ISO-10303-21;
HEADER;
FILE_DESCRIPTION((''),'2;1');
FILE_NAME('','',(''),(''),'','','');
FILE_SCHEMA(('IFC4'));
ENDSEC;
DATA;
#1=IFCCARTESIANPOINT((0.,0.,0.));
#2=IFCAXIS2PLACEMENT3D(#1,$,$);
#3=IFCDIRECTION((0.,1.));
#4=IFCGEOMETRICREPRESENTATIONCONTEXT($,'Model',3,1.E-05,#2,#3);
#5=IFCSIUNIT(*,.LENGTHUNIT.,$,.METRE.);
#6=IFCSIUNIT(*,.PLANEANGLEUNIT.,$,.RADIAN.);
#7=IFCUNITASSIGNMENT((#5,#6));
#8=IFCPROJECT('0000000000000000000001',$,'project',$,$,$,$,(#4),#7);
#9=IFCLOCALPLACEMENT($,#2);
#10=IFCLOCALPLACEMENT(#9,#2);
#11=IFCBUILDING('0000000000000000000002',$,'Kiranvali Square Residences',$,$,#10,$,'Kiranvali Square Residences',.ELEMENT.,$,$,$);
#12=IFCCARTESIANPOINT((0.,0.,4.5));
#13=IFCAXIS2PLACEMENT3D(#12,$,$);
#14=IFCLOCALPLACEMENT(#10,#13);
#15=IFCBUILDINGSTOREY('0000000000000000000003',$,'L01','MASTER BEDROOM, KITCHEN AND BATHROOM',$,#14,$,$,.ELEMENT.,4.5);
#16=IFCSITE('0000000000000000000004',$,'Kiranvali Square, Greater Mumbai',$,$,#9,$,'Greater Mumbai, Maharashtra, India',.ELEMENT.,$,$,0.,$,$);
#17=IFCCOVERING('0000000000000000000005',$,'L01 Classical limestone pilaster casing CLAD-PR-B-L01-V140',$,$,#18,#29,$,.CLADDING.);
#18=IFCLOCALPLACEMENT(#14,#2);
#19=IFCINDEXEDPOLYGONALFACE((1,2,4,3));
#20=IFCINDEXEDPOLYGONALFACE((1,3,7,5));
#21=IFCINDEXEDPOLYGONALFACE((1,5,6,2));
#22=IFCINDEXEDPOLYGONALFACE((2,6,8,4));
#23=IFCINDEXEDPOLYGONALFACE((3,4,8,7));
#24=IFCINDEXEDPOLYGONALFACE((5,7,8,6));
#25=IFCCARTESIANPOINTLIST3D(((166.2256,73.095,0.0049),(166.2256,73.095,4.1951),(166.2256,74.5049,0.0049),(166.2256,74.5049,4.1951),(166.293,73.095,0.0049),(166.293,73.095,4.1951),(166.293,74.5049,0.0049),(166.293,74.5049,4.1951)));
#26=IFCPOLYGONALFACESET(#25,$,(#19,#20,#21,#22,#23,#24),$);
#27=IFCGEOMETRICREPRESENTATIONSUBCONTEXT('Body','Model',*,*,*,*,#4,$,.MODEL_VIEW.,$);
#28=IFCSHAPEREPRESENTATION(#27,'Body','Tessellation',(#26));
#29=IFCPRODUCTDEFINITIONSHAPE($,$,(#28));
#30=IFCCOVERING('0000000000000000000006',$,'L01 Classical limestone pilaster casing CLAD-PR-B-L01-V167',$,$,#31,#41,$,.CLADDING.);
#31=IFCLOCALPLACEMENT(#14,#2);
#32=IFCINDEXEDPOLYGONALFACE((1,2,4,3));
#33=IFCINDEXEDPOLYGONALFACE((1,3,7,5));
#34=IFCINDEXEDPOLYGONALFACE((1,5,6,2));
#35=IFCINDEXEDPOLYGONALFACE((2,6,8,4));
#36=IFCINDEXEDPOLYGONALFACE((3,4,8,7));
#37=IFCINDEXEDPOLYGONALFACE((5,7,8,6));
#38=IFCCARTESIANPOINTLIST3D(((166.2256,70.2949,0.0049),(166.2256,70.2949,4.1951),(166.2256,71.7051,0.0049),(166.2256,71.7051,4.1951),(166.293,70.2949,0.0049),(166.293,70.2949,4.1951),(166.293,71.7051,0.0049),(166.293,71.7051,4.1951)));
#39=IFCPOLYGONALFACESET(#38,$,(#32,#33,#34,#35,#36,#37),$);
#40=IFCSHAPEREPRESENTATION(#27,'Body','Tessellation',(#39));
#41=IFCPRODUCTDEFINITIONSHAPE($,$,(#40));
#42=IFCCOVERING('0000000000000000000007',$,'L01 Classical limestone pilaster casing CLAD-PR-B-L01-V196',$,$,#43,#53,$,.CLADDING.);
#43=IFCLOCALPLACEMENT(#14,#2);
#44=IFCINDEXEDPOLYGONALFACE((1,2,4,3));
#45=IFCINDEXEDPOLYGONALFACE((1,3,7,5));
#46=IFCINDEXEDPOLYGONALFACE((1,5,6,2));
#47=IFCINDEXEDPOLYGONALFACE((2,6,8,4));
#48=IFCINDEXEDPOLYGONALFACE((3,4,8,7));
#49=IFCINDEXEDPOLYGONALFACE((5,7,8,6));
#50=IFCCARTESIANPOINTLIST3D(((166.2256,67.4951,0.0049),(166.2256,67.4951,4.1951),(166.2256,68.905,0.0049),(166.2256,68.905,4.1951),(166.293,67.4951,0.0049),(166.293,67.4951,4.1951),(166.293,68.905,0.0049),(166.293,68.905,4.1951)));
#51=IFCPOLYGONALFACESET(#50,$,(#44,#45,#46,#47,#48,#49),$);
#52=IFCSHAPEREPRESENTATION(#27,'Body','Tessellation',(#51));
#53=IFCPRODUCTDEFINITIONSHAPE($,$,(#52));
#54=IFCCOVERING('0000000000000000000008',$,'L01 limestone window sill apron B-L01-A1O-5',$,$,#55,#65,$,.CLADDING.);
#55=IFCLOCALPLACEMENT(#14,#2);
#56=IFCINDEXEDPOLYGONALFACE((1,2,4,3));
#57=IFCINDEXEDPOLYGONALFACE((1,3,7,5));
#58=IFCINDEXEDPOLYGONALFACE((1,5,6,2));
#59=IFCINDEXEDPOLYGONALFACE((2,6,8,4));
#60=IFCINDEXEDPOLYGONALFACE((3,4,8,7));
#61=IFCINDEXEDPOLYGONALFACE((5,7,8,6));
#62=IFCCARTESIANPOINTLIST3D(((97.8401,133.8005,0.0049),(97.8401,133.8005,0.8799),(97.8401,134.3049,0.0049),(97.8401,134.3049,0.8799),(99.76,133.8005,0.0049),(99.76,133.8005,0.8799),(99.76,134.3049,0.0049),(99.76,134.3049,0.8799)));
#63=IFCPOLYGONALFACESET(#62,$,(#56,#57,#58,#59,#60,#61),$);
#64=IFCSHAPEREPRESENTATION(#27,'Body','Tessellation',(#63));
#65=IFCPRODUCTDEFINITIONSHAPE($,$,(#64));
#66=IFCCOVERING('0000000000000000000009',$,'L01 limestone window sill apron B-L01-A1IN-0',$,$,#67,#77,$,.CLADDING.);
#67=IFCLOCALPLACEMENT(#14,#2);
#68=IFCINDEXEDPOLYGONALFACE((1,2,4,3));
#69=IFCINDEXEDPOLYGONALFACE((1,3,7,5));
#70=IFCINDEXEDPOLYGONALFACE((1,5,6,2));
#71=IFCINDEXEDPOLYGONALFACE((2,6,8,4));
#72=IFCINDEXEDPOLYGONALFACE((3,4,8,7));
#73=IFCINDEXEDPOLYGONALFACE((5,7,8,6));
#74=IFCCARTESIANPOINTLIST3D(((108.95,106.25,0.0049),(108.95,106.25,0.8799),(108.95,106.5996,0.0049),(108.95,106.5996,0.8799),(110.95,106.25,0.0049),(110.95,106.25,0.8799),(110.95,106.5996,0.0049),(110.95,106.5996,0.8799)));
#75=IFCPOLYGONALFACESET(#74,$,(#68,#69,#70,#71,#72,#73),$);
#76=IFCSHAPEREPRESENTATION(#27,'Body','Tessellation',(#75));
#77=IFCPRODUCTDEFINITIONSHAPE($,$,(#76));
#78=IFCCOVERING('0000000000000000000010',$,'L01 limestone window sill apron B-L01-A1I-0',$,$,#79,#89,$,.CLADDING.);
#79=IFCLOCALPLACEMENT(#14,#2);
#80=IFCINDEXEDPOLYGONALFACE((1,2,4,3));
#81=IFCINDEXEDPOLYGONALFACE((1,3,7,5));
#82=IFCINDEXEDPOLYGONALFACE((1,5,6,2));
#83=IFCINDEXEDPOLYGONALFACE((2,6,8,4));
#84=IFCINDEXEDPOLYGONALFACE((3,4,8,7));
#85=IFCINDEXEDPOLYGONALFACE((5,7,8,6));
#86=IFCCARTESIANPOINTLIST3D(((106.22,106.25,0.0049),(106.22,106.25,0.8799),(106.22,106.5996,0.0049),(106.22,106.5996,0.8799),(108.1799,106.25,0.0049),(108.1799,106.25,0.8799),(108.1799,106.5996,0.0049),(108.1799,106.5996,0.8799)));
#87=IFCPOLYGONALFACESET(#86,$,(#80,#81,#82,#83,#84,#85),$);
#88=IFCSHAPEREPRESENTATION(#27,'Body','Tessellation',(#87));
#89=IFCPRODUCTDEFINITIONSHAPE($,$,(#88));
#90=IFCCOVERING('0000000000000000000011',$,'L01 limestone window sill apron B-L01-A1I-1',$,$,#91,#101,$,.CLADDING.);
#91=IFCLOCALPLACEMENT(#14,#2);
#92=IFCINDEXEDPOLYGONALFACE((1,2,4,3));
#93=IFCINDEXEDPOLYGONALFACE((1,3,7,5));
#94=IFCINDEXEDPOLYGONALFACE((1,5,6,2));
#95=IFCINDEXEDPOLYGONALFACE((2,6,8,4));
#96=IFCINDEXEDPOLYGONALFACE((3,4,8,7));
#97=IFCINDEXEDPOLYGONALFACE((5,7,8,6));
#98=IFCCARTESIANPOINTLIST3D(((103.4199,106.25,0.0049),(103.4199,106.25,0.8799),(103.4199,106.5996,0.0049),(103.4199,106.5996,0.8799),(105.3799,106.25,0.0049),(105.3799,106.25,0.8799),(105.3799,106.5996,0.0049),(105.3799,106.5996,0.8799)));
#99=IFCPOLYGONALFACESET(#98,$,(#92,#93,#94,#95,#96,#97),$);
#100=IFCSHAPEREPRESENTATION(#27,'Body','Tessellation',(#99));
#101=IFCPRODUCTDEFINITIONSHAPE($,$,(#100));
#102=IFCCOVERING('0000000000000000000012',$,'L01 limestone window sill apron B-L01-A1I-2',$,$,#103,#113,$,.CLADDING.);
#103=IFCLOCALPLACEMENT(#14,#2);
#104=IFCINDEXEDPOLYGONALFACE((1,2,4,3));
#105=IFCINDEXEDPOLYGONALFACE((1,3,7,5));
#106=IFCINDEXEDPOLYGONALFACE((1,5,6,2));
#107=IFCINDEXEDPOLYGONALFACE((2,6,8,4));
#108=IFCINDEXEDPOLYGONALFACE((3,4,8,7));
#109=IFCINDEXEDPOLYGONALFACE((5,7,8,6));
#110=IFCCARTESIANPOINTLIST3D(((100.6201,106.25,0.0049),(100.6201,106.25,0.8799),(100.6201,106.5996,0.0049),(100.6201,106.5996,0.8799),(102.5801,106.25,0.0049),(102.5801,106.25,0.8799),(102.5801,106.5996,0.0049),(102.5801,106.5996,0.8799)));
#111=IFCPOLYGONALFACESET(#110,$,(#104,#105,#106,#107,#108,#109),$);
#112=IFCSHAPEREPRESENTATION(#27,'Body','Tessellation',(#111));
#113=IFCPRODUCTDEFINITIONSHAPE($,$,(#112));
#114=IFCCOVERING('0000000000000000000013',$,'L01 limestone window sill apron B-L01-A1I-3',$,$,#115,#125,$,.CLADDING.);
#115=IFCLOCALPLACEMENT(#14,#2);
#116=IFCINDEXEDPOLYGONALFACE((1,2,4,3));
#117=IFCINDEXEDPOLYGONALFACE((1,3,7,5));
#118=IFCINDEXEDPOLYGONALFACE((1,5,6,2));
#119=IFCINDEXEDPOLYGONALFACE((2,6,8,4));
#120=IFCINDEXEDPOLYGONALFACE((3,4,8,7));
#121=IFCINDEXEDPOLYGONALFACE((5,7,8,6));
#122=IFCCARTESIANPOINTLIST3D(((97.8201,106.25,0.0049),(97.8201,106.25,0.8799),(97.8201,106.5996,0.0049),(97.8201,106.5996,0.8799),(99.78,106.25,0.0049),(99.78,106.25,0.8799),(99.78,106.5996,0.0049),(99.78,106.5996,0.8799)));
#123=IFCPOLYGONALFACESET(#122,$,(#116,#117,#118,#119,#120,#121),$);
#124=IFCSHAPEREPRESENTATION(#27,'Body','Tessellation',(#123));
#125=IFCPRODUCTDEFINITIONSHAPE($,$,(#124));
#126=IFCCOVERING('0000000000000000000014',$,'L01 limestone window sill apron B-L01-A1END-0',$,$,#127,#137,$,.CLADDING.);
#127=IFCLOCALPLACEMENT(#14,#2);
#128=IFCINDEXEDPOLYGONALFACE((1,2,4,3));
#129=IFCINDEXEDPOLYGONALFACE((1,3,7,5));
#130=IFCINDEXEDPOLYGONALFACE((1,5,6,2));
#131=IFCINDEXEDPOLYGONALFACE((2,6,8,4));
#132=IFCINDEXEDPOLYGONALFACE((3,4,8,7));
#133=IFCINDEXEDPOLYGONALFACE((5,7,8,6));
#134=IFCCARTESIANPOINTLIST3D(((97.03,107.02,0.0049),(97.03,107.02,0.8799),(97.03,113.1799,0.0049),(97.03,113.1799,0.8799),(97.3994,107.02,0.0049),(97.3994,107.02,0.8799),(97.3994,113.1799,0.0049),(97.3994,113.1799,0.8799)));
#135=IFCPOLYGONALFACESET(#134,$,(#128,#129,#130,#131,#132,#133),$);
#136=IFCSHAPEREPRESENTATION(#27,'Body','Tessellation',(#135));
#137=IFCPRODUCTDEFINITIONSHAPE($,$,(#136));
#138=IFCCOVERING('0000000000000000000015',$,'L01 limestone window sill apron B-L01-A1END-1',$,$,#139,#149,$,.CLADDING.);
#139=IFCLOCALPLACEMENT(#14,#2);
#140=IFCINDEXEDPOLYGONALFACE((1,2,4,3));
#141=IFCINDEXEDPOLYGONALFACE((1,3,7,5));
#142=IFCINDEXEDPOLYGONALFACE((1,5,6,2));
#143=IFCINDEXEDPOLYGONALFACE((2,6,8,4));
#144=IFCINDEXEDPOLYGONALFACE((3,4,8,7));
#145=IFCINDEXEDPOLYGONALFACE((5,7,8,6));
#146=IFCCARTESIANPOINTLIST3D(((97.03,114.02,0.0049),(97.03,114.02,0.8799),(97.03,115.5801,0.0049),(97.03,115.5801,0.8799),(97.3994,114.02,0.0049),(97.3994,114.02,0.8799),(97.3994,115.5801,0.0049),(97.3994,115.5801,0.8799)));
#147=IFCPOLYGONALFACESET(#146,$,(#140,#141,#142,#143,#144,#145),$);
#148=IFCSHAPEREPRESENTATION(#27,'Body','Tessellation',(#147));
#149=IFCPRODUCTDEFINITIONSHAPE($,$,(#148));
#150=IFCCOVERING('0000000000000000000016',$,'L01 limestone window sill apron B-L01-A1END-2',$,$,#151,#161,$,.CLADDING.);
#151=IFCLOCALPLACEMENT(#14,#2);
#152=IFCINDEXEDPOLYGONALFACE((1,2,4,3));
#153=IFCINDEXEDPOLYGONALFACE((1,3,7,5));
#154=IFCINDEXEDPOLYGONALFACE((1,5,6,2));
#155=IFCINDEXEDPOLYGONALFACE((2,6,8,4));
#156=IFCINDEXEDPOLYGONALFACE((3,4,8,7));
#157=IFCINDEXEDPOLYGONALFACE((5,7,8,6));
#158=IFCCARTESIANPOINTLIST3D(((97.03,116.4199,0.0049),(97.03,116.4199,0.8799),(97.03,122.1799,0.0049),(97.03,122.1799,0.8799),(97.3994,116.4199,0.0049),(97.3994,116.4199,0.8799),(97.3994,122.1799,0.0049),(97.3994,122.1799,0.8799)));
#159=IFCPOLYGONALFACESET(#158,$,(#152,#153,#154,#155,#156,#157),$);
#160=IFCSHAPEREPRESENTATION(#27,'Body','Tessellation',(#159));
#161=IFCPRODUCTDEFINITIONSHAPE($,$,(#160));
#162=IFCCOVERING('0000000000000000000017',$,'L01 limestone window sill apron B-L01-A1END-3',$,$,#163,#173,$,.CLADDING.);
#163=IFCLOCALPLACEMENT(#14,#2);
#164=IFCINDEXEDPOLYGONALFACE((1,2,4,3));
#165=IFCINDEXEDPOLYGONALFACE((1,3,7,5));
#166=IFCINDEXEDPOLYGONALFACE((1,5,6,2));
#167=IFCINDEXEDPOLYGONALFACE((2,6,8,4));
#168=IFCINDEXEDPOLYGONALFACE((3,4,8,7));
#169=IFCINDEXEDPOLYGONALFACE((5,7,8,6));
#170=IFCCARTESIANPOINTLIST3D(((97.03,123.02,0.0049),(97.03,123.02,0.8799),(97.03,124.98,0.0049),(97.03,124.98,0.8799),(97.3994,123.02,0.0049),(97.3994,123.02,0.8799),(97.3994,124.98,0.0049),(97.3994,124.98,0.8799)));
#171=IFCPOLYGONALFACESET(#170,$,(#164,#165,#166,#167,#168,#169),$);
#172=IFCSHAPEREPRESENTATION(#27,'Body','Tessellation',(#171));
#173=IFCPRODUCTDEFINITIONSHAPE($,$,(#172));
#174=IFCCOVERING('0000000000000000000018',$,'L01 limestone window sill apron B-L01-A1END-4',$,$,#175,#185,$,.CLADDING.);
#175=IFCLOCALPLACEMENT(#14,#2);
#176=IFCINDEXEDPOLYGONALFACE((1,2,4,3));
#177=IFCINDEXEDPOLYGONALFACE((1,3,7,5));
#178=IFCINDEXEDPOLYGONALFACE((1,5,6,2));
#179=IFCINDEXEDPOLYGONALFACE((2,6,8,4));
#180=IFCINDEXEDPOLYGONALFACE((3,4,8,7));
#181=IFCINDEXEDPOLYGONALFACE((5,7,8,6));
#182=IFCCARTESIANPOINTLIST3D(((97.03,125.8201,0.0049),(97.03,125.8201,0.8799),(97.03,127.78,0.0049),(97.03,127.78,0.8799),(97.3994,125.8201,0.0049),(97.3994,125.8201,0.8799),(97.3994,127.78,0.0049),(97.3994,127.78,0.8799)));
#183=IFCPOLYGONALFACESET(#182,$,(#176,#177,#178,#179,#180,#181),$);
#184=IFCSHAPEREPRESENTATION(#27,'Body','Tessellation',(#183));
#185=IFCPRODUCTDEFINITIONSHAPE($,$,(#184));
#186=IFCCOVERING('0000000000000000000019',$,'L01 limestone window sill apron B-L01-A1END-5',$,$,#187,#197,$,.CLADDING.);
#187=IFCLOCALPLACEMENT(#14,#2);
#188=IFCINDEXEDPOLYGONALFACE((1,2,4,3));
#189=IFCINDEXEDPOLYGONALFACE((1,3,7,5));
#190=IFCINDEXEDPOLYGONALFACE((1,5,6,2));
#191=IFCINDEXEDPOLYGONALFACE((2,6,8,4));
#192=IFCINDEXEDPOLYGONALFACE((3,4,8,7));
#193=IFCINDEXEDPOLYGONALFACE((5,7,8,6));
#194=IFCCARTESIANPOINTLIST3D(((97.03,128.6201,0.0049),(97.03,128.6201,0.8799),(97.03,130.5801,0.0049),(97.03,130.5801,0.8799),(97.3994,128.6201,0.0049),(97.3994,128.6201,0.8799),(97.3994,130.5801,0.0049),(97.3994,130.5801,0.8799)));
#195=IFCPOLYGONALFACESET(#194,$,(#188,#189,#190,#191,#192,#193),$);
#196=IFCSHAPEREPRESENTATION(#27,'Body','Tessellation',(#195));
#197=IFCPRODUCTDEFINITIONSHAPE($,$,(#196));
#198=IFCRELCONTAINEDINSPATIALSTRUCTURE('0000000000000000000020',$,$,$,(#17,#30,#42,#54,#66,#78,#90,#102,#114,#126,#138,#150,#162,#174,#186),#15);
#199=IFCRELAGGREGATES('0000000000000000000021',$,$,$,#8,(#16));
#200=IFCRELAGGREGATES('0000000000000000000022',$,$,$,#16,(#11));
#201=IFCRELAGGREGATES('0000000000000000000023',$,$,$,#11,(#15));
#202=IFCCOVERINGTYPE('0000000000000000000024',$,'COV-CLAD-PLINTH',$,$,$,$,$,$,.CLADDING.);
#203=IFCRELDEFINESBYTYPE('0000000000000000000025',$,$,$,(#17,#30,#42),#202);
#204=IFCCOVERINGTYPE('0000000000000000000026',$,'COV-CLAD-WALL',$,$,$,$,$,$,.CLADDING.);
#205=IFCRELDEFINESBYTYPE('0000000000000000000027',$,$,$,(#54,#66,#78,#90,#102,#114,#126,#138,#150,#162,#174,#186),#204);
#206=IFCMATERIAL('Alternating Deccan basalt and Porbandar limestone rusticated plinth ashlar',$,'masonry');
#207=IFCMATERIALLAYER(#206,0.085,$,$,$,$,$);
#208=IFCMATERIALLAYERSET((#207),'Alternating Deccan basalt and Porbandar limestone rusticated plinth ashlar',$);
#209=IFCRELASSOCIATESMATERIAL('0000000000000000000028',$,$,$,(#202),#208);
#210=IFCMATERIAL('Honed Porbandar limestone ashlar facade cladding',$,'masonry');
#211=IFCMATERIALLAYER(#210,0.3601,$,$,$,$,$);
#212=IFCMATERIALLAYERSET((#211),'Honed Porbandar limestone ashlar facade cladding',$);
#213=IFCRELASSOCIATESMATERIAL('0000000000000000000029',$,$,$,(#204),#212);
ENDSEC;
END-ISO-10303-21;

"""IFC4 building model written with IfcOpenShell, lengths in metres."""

from ifc_helpers import new_model, si_unit, direction, frame, origin, place, context, subcontext, project, spatial, polyline, outline, extrude, material, layer, layer_set, type_object, element, save


model = new_model("IFC4")

# Units and contexts
model_context = context("Model", 3, precision=1e-05, world=origin(), true_north=direction((0.0, 1.0)))
body_context = subcontext(model_context, "Body", "Model", "MODEL_VIEW")
ifc_project = project(units=[si_unit("LENGTHUNIT", "METRE"), si_unit("PLANEANGLEUNIT", "RADIAN")], contexts=[model_context])

# Site, building, storey
site_placement = place(None, origin())
site = spatial("IfcSite", under=ifc_project, at=site_placement, Name="Kiranvali Square, Greater Mumbai", LongName="Greater Mumbai, Maharashtra, India", CompositionType="ELEMENT", RefElevation=0.0)
building_placement = place(site_placement, origin())
building = spatial("IfcBuilding", under=site, at=building_placement, Name="Kiranvali Square Residences", LongName="Kiranvali Square Residences", CompositionType="ELEMENT")
storey_placement = place(building_placement, frame((0.0, 0.0, 4.5)))
storey = spatial("IfcBuildingStorey", under=building, at=storey_placement, Name="L01", Description="MASTER BEDROOM, KITCHEN AND BATHROOM", CompositionType="ELEMENT", Elevation=4.5)

# Coverings
ifc_material_1 = material(Name="Honed Porbandar limestone ashlar facade cladding", Category="masonry")
ifc_material_2 = material(Name="Alternating Deccan basalt and Porbandar limestone rusticated plinth ashlar", Category="masonry")
ifc_layer_1 = layer(ifc_material_2, 0.085)
ifc_layer_set_1 = layer_set([ifc_layer_1], Name="Alternating Deccan basalt and Porbandar limestone rusticated plinth ashlar")
covering_type_1 = type_object("IfcCoveringType", Name="COV-CLAD-PLINTH", PredefinedType="CLADDING", material=ifc_layer_set_1)
covering_1_placement = place(storey_placement, frame((0.0, 0.0, 0.0049)))
element("IfcCovering", 1, at=covering_1_placement, inside=storey, type_object=covering_type_1, Name="L01 Classical limestone pilaster casing CLAD-PR-B-L01-V140", PredefinedType="CLADDING", context=body_context, shape_type="SweptSolid", body=[
    extrude(outline(polyline([(166.2256, 74.5049), (166.2256, 73.095), (166.293, 73.095), (166.293, 74.5049), (166.2256, 74.5049)])), origin(), (0.0, 0.0, 1.0), 4.1902),
])
covering_2_placement = place(storey_placement, frame((0.0, 0.0, 0.0049)))
element("IfcCovering", 2, at=covering_2_placement, inside=storey, type_object=covering_type_1, Name="L01 Classical limestone pilaster casing CLAD-PR-B-L01-V167", PredefinedType="CLADDING", context=body_context, shape_type="SweptSolid", body=[
    extrude(outline(polyline([(166.2256, 71.7051), (166.2256, 70.2949), (166.293, 70.2949), (166.293, 71.7051), (166.2256, 71.7051)])), origin(), (0.0, 0.0, 1.0), 4.1902),
])
covering_3_placement = place(storey_placement, frame((0.0, 0.0, 0.0049)))
element("IfcCovering", 3, at=covering_3_placement, inside=storey, type_object=covering_type_1, Name="L01 Classical limestone pilaster casing CLAD-PR-B-L01-V196", PredefinedType="CLADDING", context=body_context, shape_type="SweptSolid", body=[
    extrude(outline(polyline([(166.2256, 68.905), (166.2256, 67.4951), (166.293, 67.4951), (166.293, 68.905), (166.2256, 68.905)])), origin(), (0.0, 0.0, 1.0), 4.1902),
])
ifc_layer_2 = layer(ifc_material_1, 0.3601)
ifc_layer_set_2 = layer_set([ifc_layer_2], Name="Honed Porbandar limestone ashlar facade cladding")
covering_type_2 = type_object("IfcCoveringType", Name="COV-CLAD-WALL", PredefinedType="CLADDING", material=ifc_layer_set_2)
covering_4_placement = place(storey_placement, frame((0.0, 0.0, 0.0049)))
element("IfcCovering", 4, at=covering_4_placement, inside=storey, type_object=covering_type_2, Name="L01 limestone window sill apron B-L01-A1O-5", PredefinedType="CLADDING", context=body_context, shape_type="SweptSolid", body=[
    extrude(outline(polyline([(99.76, 134.3049), (97.8401, 134.3049), (97.8401, 133.8005), (99.76, 133.8005), (99.76, 134.3049)])), origin(), (0.0, 0.0, 1.0), 0.875),
])
covering_5_placement = place(storey_placement, frame((0.0, 0.0, 0.0049)))
element("IfcCovering", 5, at=covering_5_placement, inside=storey, type_object=covering_type_2, Name="L01 limestone window sill apron B-L01-A1IN-0", PredefinedType="CLADDING", context=body_context, shape_type="SweptSolid", body=[
    extrude(outline(polyline([(110.95, 106.5996), (108.95, 106.5996), (108.95, 106.25), (110.95, 106.25), (110.95, 106.5996)])), origin(), (0.0, 0.0, 1.0), 0.875),
])
covering_6_placement = place(storey_placement, frame((0.0, 0.0, 0.0049)))
element("IfcCovering", 6, at=covering_6_placement, inside=storey, type_object=covering_type_2, Name="L01 limestone window sill apron B-L01-A1I-0", PredefinedType="CLADDING", context=body_context, shape_type="SweptSolid", body=[
    extrude(outline(polyline([(108.1799, 106.5996), (106.22, 106.5996), (106.22, 106.25), (108.1799, 106.25), (108.1799, 106.5996)])), origin(), (0.0, 0.0, 1.0), 0.875),
])
covering_7_placement = place(storey_placement, frame((0.0, 0.0, 0.0049)))
element("IfcCovering", 7, at=covering_7_placement, inside=storey, type_object=covering_type_2, Name="L01 limestone window sill apron B-L01-A1I-1", PredefinedType="CLADDING", context=body_context, shape_type="SweptSolid", body=[
    extrude(outline(polyline([(105.3799, 106.5996), (103.4199, 106.5996), (103.4199, 106.25), (105.3799, 106.25), (105.3799, 106.5996)])), origin(), (0.0, 0.0, 1.0), 0.875),
])
covering_8_placement = place(storey_placement, frame((0.0, 0.0, 0.0049)))
element("IfcCovering", 8, at=covering_8_placement, inside=storey, type_object=covering_type_2, Name="L01 limestone window sill apron B-L01-A1I-2", PredefinedType="CLADDING", context=body_context, shape_type="SweptSolid", body=[
    extrude(outline(polyline([(102.5801, 106.5996), (100.6201, 106.5996), (100.6201, 106.25), (102.5801, 106.25), (102.5801, 106.5996)])), origin(), (0.0, 0.0, 1.0), 0.875),
])
covering_9_placement = place(storey_placement, frame((0.0, 0.0, 0.0049)))
element("IfcCovering", 9, at=covering_9_placement, inside=storey, type_object=covering_type_2, Name="L01 limestone window sill apron B-L01-A1I-3", PredefinedType="CLADDING", context=body_context, shape_type="SweptSolid", body=[
    extrude(outline(polyline([(99.78, 106.5996), (97.8201, 106.5996), (97.8201, 106.25), (99.78, 106.25), (99.78, 106.5996)])), origin(), (0.0, 0.0, 1.0), 0.875),
])
covering_10_placement = place(storey_placement, frame((0.0, 0.0, 0.0049)))
element("IfcCovering", 10, at=covering_10_placement, inside=storey, type_object=covering_type_2, Name="L01 limestone window sill apron B-L01-A1END-0", PredefinedType="CLADDING", context=body_context, shape_type="SweptSolid", body=[
    extrude(outline(polyline([(97.3994, 107.02), (97.3994, 113.1799), (97.03, 113.1799), (97.03, 107.02), (97.3994, 107.02)])), origin(), (0.0, 0.0, 1.0), 0.875),
])
covering_11_placement = place(storey_placement, frame((0.0, 0.0, 0.0049)))
element("IfcCovering", 11, at=covering_11_placement, inside=storey, type_object=covering_type_2, Name="L01 limestone window sill apron B-L01-A1END-1", PredefinedType="CLADDING", context=body_context, shape_type="SweptSolid", body=[
    extrude(outline(polyline([(97.3994, 114.02), (97.3994, 115.5801), (97.03, 115.5801), (97.03, 114.02), (97.3994, 114.02)])), origin(), (0.0, 0.0, 1.0), 0.875),
])
covering_12_placement = place(storey_placement, frame((0.0, 0.0, 0.0049)))
element("IfcCovering", 12, at=covering_12_placement, inside=storey, type_object=covering_type_2, Name="L01 limestone window sill apron B-L01-A1END-2", PredefinedType="CLADDING", context=body_context, shape_type="SweptSolid", body=[
    extrude(outline(polyline([(97.3994, 116.4199), (97.3994, 122.1799), (97.03, 122.1799), (97.03, 116.4199), (97.3994, 116.4199)])), origin(), (0.0, 0.0, 1.0), 0.875),
])
covering_13_placement = place(storey_placement, frame((0.0, 0.0, 0.0049)))
element("IfcCovering", 13, at=covering_13_placement, inside=storey, type_object=covering_type_2, Name="L01 limestone window sill apron B-L01-A1END-3", PredefinedType="CLADDING", context=body_context, shape_type="SweptSolid", body=[
    extrude(outline(polyline([(97.3994, 123.02), (97.3994, 124.98), (97.03, 124.98), (97.03, 123.02), (97.3994, 123.02)])), origin(), (0.0, 0.0, 1.0), 0.875),
])
covering_14_placement = place(storey_placement, frame((0.0, 0.0, 0.0049)))
element("IfcCovering", 14, at=covering_14_placement, inside=storey, type_object=covering_type_2, Name="L01 limestone window sill apron B-L01-A1END-4", PredefinedType="CLADDING", context=body_context, shape_type="SweptSolid", body=[
    extrude(outline(polyline([(97.3994, 125.8201), (97.3994, 127.78), (97.03, 127.78), (97.03, 125.8201), (97.3994, 125.8201)])), origin(), (0.0, 0.0, 1.0), 0.875),
])
covering_15_placement = place(storey_placement, frame((0.0, 0.0, 0.0049)))
element("IfcCovering", 15, at=covering_15_placement, inside=storey, type_object=covering_type_2, Name="L01 limestone window sill apron B-L01-A1END-5", PredefinedType="CLADDING", context=body_context, shape_type="SweptSolid", body=[
    extrude(outline(polyline([(97.3994, 128.6201), (97.3994, 130.5801), (97.03, 130.5801), (97.03, 128.6201), (97.3994, 128.6201)])), origin(), (0.0, 0.0, 1.0), 0.875),
])

save(model, "model.ifc")
